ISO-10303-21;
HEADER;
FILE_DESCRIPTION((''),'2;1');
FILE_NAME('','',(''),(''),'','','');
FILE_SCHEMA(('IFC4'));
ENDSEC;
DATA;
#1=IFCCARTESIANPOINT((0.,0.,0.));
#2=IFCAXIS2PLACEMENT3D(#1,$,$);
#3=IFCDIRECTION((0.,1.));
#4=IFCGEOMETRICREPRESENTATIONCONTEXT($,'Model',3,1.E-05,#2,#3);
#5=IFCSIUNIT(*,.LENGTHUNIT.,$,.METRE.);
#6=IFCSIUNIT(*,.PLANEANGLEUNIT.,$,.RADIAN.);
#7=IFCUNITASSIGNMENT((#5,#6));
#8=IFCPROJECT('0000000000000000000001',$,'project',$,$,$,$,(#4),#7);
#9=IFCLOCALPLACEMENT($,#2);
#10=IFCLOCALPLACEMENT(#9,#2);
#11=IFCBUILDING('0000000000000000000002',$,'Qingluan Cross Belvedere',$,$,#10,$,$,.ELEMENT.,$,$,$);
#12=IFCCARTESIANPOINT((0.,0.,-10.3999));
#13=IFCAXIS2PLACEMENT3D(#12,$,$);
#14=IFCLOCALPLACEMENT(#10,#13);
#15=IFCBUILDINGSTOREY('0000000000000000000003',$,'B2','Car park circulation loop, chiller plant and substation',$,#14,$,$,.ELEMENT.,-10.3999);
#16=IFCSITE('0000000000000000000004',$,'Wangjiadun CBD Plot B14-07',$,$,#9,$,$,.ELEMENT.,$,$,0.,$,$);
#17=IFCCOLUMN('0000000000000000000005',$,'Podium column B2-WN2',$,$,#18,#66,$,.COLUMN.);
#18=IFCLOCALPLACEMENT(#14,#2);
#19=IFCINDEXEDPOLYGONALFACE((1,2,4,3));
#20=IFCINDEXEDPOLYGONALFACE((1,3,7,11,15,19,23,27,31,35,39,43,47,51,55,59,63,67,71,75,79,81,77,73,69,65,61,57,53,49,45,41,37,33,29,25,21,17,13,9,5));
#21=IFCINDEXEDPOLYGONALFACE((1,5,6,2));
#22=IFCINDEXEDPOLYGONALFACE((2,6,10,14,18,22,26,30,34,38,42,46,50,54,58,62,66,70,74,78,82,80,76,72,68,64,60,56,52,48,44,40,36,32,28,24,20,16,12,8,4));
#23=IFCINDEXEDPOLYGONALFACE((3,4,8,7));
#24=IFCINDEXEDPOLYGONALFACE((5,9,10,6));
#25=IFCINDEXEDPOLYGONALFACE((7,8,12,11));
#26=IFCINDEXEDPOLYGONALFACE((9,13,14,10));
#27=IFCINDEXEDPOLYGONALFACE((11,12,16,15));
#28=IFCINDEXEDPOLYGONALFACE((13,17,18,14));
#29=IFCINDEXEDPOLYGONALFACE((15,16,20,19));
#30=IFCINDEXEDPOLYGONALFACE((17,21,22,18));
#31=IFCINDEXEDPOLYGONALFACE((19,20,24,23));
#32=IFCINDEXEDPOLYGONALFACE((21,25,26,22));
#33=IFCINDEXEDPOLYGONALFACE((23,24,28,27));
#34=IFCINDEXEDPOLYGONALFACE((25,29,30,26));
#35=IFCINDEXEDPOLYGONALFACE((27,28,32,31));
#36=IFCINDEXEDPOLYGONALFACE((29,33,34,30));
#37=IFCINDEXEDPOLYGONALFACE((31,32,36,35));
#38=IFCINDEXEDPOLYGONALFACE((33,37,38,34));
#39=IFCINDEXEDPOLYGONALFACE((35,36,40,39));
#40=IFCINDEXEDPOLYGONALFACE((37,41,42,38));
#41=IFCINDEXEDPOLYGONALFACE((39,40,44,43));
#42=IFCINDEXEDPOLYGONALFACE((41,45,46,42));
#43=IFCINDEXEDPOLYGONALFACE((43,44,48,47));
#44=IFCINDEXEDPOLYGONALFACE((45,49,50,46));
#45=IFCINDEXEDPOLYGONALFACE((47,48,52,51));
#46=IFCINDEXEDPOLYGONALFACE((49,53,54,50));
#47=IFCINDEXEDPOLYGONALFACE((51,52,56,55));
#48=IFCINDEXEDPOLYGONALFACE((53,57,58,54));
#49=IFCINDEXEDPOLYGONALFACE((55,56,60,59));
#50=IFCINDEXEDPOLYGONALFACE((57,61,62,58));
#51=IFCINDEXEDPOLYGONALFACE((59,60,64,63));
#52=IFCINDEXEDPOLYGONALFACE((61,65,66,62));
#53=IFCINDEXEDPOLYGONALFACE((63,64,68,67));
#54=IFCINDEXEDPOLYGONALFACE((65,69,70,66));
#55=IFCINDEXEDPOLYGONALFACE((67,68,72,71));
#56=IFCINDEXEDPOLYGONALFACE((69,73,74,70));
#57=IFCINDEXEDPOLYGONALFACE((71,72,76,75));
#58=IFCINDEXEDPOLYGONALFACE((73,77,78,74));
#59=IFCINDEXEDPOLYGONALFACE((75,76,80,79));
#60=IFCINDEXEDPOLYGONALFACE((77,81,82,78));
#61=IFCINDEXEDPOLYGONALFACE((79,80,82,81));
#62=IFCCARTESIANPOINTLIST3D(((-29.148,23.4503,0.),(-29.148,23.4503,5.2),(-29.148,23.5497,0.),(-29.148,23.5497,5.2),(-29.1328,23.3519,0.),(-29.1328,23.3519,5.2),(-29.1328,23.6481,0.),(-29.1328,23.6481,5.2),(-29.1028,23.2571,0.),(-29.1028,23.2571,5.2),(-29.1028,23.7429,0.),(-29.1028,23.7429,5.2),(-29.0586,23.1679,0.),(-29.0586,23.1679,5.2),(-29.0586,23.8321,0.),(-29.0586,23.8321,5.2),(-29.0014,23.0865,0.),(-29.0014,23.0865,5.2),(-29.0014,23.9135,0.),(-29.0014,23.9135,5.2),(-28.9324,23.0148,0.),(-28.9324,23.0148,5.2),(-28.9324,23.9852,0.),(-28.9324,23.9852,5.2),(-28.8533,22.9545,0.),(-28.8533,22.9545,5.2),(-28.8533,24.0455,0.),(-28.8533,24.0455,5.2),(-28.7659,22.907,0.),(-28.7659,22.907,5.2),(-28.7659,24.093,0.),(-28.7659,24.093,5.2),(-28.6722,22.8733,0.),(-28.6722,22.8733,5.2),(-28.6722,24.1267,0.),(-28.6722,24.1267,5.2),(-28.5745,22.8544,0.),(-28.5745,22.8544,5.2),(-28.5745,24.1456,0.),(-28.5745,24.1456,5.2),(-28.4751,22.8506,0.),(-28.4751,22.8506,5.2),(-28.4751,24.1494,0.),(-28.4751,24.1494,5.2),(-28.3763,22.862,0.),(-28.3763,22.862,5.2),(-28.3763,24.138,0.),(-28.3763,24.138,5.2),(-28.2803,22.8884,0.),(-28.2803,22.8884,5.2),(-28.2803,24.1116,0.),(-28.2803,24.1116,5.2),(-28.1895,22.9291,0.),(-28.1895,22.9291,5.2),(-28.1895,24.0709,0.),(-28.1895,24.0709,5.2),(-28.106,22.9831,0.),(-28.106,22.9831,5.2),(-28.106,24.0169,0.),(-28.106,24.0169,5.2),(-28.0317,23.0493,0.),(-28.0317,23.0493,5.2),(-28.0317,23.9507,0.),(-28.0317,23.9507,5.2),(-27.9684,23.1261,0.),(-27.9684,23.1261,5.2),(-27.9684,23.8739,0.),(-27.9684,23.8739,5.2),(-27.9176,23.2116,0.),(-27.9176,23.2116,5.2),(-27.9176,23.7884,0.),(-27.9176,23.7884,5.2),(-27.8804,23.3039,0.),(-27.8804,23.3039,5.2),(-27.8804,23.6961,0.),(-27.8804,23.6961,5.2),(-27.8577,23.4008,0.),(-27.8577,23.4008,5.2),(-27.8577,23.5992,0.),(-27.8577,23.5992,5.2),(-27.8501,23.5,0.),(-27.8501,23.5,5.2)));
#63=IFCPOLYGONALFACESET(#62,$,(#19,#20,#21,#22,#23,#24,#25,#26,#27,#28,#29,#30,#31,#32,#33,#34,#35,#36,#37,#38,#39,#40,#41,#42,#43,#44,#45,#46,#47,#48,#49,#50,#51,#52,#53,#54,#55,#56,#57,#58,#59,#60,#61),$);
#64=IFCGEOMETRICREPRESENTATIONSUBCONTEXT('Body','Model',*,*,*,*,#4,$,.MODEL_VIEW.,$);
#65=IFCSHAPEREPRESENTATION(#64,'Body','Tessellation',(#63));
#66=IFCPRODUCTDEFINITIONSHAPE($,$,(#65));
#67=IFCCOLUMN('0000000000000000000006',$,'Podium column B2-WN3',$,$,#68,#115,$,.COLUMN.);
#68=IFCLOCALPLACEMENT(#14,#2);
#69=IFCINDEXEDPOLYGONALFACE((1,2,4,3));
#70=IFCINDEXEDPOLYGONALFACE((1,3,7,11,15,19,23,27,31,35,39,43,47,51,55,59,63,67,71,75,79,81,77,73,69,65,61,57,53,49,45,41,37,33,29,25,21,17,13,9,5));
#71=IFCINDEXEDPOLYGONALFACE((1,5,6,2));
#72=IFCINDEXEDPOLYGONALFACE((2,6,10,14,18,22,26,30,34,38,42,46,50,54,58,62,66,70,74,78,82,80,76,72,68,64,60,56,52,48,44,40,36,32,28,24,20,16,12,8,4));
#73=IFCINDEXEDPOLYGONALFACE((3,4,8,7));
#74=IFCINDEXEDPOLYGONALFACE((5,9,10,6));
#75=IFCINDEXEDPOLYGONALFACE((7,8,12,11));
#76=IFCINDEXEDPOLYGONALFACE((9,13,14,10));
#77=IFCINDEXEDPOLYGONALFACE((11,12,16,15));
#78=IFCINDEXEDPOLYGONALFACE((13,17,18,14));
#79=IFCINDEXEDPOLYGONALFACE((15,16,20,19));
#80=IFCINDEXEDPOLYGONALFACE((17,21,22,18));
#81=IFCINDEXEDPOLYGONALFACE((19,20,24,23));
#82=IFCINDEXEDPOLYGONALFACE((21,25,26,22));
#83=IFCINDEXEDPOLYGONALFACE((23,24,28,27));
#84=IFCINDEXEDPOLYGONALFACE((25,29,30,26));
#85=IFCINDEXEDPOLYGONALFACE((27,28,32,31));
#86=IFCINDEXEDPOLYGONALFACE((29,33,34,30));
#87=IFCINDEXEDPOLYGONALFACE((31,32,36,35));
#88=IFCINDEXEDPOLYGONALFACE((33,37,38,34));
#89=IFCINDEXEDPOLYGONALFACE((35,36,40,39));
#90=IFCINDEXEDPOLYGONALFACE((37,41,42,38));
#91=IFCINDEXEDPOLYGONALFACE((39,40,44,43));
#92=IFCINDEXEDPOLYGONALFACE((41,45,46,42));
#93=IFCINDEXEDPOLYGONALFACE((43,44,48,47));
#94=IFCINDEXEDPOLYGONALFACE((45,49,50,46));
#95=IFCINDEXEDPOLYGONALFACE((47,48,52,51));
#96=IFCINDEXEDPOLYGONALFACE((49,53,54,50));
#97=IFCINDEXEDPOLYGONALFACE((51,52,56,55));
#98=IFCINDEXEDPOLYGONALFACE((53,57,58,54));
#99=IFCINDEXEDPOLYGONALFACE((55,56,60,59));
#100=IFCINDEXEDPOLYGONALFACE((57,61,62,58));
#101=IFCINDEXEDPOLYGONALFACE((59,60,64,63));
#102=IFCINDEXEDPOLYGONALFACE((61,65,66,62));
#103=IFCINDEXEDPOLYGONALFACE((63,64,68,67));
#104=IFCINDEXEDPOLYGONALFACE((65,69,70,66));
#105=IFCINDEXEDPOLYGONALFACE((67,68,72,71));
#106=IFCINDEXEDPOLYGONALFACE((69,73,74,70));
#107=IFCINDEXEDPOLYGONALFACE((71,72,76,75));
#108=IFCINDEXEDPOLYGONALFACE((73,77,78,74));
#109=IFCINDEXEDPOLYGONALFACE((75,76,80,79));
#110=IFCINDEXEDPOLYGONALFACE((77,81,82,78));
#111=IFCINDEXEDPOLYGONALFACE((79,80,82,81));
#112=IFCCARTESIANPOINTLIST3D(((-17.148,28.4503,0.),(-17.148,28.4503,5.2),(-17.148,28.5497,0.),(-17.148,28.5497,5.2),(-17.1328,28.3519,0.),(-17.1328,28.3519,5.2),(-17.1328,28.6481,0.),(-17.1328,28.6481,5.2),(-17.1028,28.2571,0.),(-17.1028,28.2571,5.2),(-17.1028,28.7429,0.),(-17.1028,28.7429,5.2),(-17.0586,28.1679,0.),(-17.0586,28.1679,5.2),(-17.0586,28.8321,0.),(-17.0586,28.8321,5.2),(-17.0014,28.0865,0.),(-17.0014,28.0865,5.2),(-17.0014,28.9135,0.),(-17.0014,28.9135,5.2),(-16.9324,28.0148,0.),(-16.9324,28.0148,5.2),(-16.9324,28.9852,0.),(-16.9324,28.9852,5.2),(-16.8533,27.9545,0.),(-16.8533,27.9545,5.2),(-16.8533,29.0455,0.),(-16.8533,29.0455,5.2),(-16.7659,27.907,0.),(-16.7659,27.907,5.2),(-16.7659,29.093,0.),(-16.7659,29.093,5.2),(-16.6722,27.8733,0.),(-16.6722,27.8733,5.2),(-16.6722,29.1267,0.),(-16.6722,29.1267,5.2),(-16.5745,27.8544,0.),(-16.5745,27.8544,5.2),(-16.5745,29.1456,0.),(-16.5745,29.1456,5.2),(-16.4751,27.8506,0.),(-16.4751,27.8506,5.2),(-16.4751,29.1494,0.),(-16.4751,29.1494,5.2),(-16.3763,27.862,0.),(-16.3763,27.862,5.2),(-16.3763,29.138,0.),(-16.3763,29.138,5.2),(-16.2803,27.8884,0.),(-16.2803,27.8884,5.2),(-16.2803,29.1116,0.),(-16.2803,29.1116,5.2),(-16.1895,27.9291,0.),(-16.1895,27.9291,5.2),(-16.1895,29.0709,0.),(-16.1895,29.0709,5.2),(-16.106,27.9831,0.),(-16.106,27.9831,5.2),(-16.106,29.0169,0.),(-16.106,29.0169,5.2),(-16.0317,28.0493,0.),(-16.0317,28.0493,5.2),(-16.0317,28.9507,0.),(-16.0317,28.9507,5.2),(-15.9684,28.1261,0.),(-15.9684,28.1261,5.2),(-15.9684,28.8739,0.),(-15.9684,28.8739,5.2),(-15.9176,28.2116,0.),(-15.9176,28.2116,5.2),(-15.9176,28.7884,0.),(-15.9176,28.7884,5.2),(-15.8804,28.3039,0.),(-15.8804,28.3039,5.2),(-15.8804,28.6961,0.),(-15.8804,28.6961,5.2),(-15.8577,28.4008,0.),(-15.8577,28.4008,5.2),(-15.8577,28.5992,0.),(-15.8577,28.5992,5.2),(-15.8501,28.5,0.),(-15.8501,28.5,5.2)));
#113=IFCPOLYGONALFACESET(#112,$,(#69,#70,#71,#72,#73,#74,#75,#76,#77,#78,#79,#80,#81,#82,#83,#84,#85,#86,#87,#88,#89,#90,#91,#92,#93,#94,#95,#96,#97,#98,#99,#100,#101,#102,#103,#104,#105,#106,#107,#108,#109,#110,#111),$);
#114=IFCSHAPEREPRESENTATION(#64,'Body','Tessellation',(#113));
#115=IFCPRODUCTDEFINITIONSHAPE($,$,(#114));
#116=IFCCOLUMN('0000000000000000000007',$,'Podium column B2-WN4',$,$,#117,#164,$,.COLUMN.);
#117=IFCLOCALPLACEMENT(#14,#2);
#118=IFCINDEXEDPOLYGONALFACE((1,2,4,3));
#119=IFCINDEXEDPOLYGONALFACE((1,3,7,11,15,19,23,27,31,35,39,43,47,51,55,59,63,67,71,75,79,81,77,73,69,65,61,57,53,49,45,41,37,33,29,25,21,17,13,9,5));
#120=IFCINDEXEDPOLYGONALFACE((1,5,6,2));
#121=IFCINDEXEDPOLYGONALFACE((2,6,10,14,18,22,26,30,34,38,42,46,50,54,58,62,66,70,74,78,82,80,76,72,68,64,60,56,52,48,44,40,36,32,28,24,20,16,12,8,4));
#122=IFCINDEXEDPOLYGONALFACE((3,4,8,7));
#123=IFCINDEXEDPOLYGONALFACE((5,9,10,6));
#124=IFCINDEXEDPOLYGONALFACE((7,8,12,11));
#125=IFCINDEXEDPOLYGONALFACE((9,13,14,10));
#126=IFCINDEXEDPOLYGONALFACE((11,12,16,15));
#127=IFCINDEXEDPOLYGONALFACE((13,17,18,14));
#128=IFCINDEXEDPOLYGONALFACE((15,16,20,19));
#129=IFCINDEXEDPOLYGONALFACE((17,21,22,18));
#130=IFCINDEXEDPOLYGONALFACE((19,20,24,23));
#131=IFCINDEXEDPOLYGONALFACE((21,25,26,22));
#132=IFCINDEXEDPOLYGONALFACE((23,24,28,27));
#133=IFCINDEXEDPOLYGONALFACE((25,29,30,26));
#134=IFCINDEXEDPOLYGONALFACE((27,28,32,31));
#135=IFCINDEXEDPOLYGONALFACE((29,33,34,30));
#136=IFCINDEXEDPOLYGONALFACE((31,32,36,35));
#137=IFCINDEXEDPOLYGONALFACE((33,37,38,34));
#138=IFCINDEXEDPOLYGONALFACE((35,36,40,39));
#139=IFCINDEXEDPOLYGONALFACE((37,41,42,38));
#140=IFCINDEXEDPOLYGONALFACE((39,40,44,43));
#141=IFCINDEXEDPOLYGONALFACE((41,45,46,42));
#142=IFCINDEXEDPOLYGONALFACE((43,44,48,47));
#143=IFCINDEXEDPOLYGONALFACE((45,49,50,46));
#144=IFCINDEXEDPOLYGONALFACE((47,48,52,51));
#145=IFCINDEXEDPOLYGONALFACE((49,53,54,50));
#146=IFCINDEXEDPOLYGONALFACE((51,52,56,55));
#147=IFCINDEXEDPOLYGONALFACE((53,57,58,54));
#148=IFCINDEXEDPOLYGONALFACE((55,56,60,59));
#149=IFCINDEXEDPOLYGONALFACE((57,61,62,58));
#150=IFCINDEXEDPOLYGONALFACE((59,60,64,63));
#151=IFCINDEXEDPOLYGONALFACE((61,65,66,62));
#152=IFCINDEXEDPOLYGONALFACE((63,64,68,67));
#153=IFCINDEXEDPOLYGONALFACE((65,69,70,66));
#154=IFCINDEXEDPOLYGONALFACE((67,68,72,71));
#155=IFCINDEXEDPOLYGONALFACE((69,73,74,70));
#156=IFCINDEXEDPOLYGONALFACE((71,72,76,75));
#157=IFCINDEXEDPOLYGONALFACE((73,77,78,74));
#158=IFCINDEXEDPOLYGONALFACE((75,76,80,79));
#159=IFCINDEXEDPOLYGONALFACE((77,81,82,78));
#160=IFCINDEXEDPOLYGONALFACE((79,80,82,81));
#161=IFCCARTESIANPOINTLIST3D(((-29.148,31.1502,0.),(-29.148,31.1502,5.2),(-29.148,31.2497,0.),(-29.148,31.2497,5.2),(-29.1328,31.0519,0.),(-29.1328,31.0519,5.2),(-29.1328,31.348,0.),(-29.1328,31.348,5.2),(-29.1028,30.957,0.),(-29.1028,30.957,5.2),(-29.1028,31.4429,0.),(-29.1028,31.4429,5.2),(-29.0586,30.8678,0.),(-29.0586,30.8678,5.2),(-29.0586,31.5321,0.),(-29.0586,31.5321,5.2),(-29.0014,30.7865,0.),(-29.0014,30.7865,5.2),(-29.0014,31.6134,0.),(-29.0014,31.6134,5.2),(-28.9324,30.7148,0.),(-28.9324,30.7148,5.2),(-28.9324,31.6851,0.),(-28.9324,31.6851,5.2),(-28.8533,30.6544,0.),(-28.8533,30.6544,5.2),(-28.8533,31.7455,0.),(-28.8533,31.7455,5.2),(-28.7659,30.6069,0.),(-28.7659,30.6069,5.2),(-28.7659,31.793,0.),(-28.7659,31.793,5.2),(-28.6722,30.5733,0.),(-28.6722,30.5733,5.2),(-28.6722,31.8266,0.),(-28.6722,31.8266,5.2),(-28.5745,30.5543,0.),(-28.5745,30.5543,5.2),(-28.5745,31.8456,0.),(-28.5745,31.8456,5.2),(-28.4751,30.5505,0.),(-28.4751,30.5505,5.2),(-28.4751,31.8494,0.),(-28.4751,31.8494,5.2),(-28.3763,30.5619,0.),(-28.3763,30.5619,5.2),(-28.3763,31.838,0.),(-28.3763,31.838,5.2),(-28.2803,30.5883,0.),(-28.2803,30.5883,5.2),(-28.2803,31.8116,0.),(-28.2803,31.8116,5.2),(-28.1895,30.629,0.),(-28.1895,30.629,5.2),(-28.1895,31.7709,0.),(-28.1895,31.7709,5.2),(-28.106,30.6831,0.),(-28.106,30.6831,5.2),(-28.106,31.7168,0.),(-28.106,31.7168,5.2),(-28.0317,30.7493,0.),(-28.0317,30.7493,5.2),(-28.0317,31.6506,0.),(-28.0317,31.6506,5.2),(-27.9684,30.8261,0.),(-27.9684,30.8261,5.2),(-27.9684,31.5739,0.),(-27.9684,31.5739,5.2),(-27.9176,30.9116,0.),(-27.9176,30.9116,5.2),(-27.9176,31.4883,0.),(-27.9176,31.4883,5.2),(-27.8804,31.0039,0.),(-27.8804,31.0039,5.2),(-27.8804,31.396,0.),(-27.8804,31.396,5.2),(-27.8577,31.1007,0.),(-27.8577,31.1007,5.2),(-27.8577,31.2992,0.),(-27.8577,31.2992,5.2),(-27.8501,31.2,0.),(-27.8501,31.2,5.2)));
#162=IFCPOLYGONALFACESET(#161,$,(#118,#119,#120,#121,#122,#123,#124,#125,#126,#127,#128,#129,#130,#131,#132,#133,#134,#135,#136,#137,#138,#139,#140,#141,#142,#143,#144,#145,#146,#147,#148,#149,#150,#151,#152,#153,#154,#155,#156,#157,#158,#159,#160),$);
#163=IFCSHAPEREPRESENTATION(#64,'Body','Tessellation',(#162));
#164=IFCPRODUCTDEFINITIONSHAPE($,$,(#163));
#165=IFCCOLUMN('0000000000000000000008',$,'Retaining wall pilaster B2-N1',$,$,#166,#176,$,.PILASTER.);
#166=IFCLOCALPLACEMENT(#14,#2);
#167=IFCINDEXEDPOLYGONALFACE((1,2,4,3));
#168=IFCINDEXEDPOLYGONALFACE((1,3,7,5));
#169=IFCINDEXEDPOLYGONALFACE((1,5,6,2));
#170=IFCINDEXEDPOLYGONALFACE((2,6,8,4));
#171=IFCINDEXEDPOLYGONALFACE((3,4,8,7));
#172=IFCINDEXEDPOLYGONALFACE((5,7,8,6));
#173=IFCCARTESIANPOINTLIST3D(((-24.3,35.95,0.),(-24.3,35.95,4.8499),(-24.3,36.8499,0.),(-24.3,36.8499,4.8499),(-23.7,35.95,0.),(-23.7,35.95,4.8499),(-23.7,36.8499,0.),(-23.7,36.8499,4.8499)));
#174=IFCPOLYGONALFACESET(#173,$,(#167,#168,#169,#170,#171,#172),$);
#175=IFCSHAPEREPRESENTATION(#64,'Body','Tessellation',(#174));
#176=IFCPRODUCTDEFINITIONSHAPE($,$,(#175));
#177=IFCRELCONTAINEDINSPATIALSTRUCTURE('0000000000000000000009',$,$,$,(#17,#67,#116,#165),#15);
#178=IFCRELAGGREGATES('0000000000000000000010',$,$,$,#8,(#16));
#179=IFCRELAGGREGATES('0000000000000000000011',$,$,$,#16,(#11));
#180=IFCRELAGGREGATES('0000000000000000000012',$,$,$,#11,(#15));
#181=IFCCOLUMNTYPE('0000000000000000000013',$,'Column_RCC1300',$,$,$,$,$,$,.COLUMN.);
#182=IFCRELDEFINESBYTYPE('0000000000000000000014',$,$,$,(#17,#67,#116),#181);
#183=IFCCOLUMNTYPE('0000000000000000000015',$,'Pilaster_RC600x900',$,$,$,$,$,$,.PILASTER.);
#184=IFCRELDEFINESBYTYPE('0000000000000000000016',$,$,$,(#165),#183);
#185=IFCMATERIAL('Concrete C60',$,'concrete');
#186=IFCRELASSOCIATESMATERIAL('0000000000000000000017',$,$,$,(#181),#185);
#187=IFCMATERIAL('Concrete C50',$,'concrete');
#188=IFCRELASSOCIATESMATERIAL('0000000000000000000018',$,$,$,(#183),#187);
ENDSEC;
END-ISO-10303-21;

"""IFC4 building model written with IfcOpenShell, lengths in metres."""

from ifc_helpers import new_model, si_unit, direction, frame, origin, origin_2d, place, context, subcontext, project, spatial, rectangle, circle, extrude, material, material_profile, profile_set, type_object, element, save


model = new_model("IFC4")

# Units and contexts
model_context = context("Model", 3, precision=1e-05, world=origin(), true_north=direction((0.0, 1.0)))
body_context = subcontext(model_context, "Body", "Model", "MODEL_VIEW")
ifc_project = project(units=[si_unit("LENGTHUNIT", "METRE"), si_unit("PLANEANGLEUNIT", "RADIAN")], contexts=[model_context])

# Site, building, storey
site_placement = place(None, origin())
site = spatial("IfcSite", under=ifc_project, at=site_placement, Name="Wangjiadun CBD Plot B14-07", CompositionType="ELEMENT", RefElevation=0.0)
building_placement = place(site_placement, origin())
building = spatial("IfcBuilding", under=site, at=building_placement, Name="Qingluan Cross Belvedere", CompositionType="ELEMENT")
storey_placement = place(building_placement, frame((0.0, 0.0, -10.3999)))
storey = spatial("IfcBuildingStorey", under=building, at=storey_placement, Name="B2", Description="Car park circulation loop, chiller plant and substation", CompositionType="ELEMENT", Elevation=-10.3999)

# Columns
ifc_material_1 = material(Name="Concrete C60", Category="concrete")
ifc_material_profile_1 = material_profile(ifc_material_1, circle(Radius=0.6499, at=origin_2d()), Name="RCC1300")
ifc_profile_set_1 = profile_set([ifc_material_profile_1], Name="Concrete C60")
column_type_1 = type_object("IfcColumnType", Name="Column_RCC1300", PredefinedType="COLUMN", material=ifc_profile_set_1)
for number, where, z_axis, x_axis, name in (
    (1, (-28.5, 23.5, 0.0), (0.0, 0.0, 1.0), (1.0, 0.0, 0.0), "Podium column B2-WN2"),
    (2, (-16.5, 28.5, 0.0), (0.0, 0.0, 1.0), (1.0, 0.0, 0.0), "Podium column B2-WN3"),
    (3, (-28.5, 31.2, 0.0), (0.0, 0.0, 1.0), (1.0, 0.0, 0.0), "Podium column B2-WN4"),
):
    element("IfcColumn", number, at=place(storey_placement, frame(where, z_axis=z_axis, x_axis=x_axis)), inside=storey, type_object=column_type_1, Name=name, PredefinedType="COLUMN", context=body_context, shape_type="SweptSolid", body=[
        extrude(circle(Radius=0.6499, at=origin_2d()), origin(), (0.0, 0.0, 1.0), 5.2),
    ])
ifc_material_2 = material(Name="Concrete C50", Category="concrete")
ifc_material_profile_2 = material_profile(ifc_material_2, rectangle(XDim=0.6001, YDim=0.8999, at=origin_2d()), Name="RC600x900")
ifc_profile_set_2 = profile_set([ifc_material_profile_2], Name="Concrete C50")
column_type_2 = type_object("IfcColumnType", Name="Pilaster_RC600x900", PredefinedType="PILASTER", material=ifc_profile_set_2)
column_placement = place(storey_placement, frame((-24.0, 36.3999, 0.0), z_axis=(0.0, 0.0, 1.0), x_axis=(1.0, 0.0, 0.0)))
element("IfcColumn", 4, at=column_placement, inside=storey, type_object=column_type_2, Name="Retaining wall pilaster B2-N1", PredefinedType="PILASTER", context=body_context, shape_type="SweptSolid", body=[
    extrude(rectangle(XDim=0.6001, YDim=0.8999, at=origin_2d()), origin(), (0.0, 0.0, 1.0), 4.8499),
])

save(model, "model.ifc")
